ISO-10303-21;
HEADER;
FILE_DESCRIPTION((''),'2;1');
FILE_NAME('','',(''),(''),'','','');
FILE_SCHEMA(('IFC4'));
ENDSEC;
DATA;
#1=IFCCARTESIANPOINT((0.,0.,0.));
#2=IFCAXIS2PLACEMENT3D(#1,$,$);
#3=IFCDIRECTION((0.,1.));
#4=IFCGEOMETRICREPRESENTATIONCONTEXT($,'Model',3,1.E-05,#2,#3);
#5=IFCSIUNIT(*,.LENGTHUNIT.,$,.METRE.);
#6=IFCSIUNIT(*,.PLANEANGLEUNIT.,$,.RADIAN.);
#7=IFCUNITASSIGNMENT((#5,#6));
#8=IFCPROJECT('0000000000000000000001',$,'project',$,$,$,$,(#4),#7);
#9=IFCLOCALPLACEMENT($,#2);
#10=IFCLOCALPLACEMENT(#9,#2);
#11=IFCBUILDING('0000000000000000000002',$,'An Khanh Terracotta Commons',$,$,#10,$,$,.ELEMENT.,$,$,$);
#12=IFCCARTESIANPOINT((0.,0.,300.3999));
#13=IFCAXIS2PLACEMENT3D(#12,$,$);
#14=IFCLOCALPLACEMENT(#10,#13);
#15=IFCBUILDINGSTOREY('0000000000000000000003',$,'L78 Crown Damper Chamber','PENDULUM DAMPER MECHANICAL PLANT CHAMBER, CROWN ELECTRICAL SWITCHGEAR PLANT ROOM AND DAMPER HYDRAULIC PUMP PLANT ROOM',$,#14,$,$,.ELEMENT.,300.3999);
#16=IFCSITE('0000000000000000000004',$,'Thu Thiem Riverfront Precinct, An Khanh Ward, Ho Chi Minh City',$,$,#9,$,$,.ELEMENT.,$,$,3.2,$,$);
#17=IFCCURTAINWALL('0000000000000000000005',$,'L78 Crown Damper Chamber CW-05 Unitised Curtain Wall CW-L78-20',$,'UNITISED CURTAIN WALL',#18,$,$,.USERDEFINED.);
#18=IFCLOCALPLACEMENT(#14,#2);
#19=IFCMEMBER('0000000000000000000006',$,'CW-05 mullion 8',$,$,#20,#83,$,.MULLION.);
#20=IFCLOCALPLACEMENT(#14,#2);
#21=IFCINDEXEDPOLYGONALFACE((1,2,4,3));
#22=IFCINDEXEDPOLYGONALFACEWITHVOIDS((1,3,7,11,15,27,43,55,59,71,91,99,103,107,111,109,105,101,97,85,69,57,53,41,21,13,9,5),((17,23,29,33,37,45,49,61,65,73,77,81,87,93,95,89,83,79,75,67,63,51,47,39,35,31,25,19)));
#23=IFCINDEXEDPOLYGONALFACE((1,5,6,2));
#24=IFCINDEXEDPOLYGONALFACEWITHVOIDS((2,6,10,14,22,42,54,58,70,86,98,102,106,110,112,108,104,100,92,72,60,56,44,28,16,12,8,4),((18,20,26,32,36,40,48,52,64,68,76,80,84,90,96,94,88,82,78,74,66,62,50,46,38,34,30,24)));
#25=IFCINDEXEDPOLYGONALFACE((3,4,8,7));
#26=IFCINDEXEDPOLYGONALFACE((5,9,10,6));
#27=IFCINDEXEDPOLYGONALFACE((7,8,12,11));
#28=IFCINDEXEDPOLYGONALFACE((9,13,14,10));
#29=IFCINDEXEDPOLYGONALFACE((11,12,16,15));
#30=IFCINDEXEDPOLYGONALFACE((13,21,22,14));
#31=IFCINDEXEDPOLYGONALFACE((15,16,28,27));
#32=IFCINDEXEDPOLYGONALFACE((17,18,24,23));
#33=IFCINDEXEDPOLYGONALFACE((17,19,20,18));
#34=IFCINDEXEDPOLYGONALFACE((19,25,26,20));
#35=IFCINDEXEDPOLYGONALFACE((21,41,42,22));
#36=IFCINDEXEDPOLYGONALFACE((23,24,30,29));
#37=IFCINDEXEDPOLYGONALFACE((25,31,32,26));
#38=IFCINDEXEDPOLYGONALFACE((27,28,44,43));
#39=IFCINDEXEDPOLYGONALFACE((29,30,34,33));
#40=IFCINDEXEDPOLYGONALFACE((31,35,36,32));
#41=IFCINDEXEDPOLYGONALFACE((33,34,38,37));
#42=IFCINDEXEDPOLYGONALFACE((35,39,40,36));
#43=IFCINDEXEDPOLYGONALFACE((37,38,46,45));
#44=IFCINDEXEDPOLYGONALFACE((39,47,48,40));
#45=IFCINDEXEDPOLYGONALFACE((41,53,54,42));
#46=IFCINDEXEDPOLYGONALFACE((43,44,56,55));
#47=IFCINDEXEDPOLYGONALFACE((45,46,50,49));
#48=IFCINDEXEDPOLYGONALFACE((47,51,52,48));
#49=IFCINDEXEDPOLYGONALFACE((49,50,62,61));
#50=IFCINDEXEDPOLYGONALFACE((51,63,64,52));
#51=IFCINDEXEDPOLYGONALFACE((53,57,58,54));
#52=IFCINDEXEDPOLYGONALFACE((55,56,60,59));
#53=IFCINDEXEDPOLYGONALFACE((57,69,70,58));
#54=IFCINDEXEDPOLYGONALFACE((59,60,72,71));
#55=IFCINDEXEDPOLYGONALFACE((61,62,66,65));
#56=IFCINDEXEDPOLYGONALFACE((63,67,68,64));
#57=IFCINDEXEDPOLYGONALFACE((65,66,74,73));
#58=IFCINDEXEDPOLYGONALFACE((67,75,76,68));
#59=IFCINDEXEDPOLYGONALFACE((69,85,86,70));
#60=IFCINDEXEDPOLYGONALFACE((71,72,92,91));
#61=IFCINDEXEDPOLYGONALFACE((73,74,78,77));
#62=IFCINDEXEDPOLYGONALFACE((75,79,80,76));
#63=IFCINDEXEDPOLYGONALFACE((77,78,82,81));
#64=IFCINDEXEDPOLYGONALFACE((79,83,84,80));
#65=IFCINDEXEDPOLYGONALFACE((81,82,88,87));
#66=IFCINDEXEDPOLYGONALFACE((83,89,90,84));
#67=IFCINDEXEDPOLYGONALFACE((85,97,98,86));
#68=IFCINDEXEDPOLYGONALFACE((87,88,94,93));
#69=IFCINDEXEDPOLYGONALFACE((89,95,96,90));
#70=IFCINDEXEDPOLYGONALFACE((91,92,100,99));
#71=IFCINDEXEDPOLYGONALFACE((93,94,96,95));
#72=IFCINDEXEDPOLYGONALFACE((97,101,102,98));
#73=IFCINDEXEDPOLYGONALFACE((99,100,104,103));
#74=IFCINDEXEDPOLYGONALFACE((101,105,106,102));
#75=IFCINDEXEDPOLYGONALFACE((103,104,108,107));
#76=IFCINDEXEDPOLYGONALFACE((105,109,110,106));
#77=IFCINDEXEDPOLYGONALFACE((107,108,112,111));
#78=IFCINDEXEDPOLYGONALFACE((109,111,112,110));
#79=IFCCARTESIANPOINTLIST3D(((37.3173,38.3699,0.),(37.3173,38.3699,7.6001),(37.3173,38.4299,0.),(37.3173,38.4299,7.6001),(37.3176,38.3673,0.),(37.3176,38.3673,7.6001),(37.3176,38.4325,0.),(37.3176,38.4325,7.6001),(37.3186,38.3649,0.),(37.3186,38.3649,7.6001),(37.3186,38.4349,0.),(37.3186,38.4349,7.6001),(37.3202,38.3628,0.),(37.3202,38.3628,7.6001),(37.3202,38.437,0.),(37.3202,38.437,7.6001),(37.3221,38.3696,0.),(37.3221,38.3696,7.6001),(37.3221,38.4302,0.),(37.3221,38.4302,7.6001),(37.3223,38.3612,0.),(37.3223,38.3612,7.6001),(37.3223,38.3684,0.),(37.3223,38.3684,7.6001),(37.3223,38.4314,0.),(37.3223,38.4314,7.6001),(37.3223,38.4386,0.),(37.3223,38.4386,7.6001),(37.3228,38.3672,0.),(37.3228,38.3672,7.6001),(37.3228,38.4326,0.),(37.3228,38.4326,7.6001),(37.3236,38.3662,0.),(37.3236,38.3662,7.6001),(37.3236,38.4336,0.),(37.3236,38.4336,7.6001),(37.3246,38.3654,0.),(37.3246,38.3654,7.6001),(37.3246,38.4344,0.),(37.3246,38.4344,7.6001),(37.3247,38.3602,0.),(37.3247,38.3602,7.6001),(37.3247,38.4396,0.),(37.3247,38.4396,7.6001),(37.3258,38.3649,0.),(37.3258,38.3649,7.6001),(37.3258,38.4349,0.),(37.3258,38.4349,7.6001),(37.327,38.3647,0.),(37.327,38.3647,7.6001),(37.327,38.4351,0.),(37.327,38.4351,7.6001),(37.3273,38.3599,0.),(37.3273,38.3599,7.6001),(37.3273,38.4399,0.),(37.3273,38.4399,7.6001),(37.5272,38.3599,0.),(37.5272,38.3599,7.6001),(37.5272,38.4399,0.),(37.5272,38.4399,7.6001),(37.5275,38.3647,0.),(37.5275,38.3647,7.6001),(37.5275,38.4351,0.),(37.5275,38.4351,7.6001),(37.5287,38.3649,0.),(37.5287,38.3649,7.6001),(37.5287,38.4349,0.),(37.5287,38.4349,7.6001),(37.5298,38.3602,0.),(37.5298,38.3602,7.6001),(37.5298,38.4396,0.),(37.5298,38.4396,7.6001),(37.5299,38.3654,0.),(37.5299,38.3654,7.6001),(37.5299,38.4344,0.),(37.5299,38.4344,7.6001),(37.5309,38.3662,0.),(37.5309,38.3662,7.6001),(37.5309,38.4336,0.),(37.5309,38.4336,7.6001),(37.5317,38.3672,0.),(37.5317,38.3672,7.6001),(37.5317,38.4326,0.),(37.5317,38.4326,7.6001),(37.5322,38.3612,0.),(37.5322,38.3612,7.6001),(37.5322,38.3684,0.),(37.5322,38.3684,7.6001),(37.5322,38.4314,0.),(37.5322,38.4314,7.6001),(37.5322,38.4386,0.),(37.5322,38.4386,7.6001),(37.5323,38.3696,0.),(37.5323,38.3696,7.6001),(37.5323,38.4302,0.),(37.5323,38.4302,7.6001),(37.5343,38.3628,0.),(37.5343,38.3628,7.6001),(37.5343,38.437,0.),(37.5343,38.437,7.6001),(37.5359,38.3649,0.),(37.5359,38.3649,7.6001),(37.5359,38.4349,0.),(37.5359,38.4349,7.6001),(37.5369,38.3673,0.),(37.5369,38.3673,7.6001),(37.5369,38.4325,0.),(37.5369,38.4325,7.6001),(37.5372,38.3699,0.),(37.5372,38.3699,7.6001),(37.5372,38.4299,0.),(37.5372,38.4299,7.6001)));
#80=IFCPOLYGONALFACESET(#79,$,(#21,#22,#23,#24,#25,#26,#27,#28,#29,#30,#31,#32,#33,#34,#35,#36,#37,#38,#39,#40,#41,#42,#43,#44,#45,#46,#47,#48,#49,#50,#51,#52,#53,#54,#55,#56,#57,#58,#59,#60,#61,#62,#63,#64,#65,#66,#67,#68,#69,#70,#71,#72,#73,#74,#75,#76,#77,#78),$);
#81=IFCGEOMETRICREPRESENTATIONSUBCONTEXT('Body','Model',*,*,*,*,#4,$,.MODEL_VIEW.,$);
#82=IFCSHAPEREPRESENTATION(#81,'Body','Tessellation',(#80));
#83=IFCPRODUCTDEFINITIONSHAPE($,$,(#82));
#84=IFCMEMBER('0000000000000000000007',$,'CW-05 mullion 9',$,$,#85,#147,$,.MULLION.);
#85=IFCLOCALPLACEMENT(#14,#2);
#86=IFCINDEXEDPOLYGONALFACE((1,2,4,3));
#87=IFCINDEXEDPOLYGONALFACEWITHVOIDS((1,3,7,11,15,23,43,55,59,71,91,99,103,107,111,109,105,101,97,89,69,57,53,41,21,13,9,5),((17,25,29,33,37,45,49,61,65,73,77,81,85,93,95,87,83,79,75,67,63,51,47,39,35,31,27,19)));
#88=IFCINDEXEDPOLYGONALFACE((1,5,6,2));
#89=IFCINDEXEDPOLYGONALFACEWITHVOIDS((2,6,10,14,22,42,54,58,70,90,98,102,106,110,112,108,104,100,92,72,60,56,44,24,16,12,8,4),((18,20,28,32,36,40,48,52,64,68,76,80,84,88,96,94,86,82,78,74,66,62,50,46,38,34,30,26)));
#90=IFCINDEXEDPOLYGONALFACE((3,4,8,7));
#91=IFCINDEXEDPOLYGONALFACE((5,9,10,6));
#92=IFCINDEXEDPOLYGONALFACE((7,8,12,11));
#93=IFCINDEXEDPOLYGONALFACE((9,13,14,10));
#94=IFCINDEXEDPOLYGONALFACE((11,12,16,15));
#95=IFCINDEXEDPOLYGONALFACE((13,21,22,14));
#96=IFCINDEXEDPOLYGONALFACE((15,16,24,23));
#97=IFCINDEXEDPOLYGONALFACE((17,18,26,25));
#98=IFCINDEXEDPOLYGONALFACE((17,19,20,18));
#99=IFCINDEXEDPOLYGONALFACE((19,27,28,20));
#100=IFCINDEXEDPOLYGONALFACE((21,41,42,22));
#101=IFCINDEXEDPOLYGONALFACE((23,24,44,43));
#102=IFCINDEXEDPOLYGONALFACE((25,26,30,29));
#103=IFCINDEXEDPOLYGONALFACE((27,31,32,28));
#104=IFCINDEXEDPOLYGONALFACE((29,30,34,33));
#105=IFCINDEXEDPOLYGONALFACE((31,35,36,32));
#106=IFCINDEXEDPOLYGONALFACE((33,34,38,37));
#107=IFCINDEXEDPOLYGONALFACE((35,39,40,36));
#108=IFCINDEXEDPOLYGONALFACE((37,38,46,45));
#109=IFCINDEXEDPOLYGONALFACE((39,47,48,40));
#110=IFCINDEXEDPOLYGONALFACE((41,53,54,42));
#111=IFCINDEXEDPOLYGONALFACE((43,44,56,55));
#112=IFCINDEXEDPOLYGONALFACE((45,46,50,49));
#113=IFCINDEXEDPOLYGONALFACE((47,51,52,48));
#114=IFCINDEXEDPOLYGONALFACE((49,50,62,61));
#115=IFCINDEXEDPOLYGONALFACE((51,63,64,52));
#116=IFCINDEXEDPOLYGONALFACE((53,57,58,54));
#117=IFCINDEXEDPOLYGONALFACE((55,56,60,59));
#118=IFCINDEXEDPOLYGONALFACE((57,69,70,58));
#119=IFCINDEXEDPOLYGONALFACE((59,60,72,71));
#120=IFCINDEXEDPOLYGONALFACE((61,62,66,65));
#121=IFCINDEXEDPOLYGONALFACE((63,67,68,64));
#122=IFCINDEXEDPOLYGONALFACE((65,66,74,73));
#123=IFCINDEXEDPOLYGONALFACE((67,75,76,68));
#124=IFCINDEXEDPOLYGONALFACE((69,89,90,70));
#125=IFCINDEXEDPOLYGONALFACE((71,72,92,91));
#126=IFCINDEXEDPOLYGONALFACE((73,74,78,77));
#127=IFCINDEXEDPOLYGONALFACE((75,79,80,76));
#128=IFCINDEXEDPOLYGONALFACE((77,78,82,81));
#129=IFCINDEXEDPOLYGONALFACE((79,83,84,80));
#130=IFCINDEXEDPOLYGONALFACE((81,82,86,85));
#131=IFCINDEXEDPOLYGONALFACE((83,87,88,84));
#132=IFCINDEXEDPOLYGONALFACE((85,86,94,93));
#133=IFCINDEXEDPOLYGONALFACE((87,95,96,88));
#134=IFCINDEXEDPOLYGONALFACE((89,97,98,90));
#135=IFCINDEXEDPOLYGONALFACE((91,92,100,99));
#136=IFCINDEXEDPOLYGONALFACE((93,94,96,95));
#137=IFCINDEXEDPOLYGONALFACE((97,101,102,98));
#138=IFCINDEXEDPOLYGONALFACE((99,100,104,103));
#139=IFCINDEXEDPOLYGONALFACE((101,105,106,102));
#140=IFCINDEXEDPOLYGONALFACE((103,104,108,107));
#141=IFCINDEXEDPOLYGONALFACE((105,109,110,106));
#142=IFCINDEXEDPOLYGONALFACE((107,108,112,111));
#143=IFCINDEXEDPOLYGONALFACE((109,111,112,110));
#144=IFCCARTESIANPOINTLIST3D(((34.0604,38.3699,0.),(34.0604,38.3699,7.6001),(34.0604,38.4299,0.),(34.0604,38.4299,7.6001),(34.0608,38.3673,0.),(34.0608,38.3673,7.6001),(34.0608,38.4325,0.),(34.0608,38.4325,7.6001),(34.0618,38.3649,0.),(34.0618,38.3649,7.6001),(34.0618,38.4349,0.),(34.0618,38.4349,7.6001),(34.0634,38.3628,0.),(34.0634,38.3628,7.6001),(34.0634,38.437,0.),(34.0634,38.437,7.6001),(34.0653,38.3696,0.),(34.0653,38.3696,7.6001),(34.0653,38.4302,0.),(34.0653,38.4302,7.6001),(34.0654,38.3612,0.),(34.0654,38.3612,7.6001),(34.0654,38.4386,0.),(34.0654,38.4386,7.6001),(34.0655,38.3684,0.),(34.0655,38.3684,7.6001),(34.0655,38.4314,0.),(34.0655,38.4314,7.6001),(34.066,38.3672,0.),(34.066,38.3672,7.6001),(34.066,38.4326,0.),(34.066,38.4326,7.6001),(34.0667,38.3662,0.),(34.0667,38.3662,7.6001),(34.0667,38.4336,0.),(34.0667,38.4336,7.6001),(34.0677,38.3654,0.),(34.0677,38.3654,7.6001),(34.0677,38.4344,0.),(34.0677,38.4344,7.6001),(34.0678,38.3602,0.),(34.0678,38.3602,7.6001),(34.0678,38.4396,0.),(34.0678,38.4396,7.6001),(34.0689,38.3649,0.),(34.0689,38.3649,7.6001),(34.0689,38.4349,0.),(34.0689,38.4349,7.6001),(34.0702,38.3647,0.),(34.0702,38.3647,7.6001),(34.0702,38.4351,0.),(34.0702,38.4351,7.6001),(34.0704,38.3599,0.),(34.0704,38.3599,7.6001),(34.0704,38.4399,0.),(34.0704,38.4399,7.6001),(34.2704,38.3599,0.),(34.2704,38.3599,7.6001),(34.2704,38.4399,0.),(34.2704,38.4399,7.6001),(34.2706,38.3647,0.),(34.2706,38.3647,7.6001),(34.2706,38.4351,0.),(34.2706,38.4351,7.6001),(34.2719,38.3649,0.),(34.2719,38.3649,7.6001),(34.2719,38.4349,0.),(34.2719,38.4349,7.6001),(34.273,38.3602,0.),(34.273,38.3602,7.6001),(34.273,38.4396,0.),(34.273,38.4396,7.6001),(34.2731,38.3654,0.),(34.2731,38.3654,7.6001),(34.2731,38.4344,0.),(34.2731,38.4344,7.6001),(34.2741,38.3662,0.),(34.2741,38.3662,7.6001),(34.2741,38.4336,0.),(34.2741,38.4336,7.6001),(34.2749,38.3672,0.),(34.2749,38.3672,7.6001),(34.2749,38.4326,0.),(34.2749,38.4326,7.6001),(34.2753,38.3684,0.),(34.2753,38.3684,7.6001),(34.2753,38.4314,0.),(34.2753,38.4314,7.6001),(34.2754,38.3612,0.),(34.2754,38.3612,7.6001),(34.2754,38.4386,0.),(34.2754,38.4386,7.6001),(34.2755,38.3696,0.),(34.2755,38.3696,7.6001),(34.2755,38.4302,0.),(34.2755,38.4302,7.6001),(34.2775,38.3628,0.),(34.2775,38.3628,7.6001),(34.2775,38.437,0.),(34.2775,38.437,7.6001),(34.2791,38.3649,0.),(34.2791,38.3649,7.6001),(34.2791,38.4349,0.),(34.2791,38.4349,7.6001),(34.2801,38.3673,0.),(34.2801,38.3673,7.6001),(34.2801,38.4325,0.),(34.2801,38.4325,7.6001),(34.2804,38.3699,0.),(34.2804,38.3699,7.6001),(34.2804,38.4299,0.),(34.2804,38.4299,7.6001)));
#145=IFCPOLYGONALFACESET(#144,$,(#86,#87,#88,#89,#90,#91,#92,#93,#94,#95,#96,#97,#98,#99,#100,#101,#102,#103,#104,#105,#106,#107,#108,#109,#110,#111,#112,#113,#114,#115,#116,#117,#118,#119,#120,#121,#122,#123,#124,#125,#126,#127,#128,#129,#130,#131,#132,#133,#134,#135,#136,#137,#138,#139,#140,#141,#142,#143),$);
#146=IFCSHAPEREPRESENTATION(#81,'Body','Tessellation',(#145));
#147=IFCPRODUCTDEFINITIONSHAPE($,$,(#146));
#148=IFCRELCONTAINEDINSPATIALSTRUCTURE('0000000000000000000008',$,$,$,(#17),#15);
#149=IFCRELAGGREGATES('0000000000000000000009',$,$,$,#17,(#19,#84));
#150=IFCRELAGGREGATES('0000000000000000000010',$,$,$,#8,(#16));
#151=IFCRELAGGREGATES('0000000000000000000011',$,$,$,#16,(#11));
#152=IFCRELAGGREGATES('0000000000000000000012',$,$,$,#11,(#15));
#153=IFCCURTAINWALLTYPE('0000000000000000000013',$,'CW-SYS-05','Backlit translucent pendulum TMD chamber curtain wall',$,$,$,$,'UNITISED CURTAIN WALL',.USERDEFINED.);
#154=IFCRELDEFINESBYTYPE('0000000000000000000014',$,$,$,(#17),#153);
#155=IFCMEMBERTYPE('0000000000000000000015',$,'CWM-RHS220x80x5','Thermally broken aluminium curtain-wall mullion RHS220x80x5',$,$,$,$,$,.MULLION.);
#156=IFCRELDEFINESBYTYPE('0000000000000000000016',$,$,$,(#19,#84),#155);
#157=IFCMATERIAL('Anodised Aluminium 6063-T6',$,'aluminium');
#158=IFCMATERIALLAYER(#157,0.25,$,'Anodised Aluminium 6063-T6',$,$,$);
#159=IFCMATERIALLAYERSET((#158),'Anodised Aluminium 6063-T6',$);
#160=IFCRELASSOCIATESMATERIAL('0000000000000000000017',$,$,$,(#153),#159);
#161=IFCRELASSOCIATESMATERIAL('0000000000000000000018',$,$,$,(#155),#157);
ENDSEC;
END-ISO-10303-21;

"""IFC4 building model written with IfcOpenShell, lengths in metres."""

from ifc_helpers import new_model, si_unit, direction, frame, origin, origin_2d, place, context, subcontext, project, spatial, hollow_rectangle, extrude, material, layer, layer_set, material_profile, profile_set, type_object, element, aggregate, save


model = new_model("IFC4")

# Units and contexts
model_context = context("Model", 3, precision=1e-05, world=origin(), true_north=direction((0.0, 1.0)))
body_context = subcontext(model_context, "Body", "Model", "MODEL_VIEW")
ifc_project = project(units=[si_unit("LENGTHUNIT", "METRE"), si_unit("PLANEANGLEUNIT", "RADIAN")], contexts=[model_context])

# Site, building, storey
site_placement = place(None, origin())
site = spatial("IfcSite", under=ifc_project, at=site_placement, Name="Thu Thiem Riverfront Precinct, An Khanh Ward, Ho Chi Minh City", CompositionType="ELEMENT", RefElevation=3.2)
building_placement = place(site_placement, origin())
building = spatial("IfcBuilding", under=site, at=building_placement, Name="An Khanh Terracotta Commons", CompositionType="ELEMENT")
storey_placement = place(building_placement, frame((0.0, 0.0, 300.3999)))
storey = spatial("IfcBuildingStorey", under=building, at=storey_placement, Name="L78 Crown Damper Chamber", Description="PENDULUM DAMPER MECHANICAL PLANT CHAMBER, CROWN ELECTRICAL SWITCHGEAR PLANT ROOM AND DAMPER HYDRAULIC PUMP PLANT ROOM", CompositionType="ELEMENT", Elevation=300.3999)

# Curtain wall, members
ifc_material_1 = material(Name="Anodised Aluminium 6063-T6", Category="aluminium")
ifc_layer_1 = layer(ifc_material_1, 0.25, Name="Anodised Aluminium 6063-T6")
ifc_layer_set_1 = layer_set([ifc_layer_1], Name="Anodised Aluminium 6063-T6")
curtain_wall_type = type_object("IfcCurtainWallType", Name="CW-SYS-05", Description="Backlit translucent pendulum TMD chamber curtain wall", ElementType="UNITISED CURTAIN WALL", PredefinedType="USERDEFINED", material=ifc_layer_set_1)
curtain_wall_placement = place(storey_placement, origin())
curtain_wall = element("IfcCurtainWall", 1, at=curtain_wall_placement, inside=storey, type_object=curtain_wall_type, Name="L78 Crown Damper Chamber CW-05 Unitised Curtain Wall CW-L78-20", ObjectType="UNITISED CURTAIN WALL", PredefinedType="USERDEFINED")
ifc_material_profile_1 = material_profile(ifc_material_1, hollow_rectangle(XDim=0.0801, YDim=0.22, WallThickness=0.0049, InnerFilletRadius=0.0049, OuterFilletRadius=0.01, at=origin_2d()), Name="RHS220x80x5")
ifc_profile_set_1 = profile_set([ifc_material_profile_1], Name="Anodised Aluminium 6063-T6")
member_type_1 = type_object("IfcMemberType", Name="CWM-RHS220x80x5", Description="Thermally broken aluminium curtain-wall mullion RHS220x80x5", PredefinedType="MULLION", material=ifc_profile_set_1)
member_1_placement = place(storey_placement, frame((37.4272, 38.3999, 0.0), z_axis=(0.0, 0.0, 1.0), x_axis=(0.0, -1.0, 0.0)))
member_1 = element("IfcMember", 2, at=member_1_placement, type_object=member_type_1, Name="CW-05 mullion 8", PredefinedType="MULLION", context=body_context, shape_type="SweptSolid", body=[
    extrude(hollow_rectangle(XDim=0.0801, YDim=0.22, WallThickness=0.0049, InnerFilletRadius=0.0049, OuterFilletRadius=0.01, at=origin_2d()), origin(), (0.0, 0.0, 1.0), 7.6001),
])
member_2_placement = place(storey_placement, frame((34.1704, 38.3999, 0.0), z_axis=(0.0, 0.0, 1.0), x_axis=(0.0, -1.0, 0.0)))
member_2 = element("IfcMember", 3, at=member_2_placement, type_object=member_type_1, Name="CW-05 mullion 9", PredefinedType="MULLION", context=body_context, shape_type="SweptSolid", body=[
    extrude(hollow_rectangle(XDim=0.0801, YDim=0.22, WallThickness=0.0049, InnerFilletRadius=0.0049, OuterFilletRadius=0.01, at=origin_2d()), origin(), (0.0, 0.0, 1.0), 7.6001),
])
aggregate(curtain_wall, [member_1, member_2])

save(model, "model.ifc")
